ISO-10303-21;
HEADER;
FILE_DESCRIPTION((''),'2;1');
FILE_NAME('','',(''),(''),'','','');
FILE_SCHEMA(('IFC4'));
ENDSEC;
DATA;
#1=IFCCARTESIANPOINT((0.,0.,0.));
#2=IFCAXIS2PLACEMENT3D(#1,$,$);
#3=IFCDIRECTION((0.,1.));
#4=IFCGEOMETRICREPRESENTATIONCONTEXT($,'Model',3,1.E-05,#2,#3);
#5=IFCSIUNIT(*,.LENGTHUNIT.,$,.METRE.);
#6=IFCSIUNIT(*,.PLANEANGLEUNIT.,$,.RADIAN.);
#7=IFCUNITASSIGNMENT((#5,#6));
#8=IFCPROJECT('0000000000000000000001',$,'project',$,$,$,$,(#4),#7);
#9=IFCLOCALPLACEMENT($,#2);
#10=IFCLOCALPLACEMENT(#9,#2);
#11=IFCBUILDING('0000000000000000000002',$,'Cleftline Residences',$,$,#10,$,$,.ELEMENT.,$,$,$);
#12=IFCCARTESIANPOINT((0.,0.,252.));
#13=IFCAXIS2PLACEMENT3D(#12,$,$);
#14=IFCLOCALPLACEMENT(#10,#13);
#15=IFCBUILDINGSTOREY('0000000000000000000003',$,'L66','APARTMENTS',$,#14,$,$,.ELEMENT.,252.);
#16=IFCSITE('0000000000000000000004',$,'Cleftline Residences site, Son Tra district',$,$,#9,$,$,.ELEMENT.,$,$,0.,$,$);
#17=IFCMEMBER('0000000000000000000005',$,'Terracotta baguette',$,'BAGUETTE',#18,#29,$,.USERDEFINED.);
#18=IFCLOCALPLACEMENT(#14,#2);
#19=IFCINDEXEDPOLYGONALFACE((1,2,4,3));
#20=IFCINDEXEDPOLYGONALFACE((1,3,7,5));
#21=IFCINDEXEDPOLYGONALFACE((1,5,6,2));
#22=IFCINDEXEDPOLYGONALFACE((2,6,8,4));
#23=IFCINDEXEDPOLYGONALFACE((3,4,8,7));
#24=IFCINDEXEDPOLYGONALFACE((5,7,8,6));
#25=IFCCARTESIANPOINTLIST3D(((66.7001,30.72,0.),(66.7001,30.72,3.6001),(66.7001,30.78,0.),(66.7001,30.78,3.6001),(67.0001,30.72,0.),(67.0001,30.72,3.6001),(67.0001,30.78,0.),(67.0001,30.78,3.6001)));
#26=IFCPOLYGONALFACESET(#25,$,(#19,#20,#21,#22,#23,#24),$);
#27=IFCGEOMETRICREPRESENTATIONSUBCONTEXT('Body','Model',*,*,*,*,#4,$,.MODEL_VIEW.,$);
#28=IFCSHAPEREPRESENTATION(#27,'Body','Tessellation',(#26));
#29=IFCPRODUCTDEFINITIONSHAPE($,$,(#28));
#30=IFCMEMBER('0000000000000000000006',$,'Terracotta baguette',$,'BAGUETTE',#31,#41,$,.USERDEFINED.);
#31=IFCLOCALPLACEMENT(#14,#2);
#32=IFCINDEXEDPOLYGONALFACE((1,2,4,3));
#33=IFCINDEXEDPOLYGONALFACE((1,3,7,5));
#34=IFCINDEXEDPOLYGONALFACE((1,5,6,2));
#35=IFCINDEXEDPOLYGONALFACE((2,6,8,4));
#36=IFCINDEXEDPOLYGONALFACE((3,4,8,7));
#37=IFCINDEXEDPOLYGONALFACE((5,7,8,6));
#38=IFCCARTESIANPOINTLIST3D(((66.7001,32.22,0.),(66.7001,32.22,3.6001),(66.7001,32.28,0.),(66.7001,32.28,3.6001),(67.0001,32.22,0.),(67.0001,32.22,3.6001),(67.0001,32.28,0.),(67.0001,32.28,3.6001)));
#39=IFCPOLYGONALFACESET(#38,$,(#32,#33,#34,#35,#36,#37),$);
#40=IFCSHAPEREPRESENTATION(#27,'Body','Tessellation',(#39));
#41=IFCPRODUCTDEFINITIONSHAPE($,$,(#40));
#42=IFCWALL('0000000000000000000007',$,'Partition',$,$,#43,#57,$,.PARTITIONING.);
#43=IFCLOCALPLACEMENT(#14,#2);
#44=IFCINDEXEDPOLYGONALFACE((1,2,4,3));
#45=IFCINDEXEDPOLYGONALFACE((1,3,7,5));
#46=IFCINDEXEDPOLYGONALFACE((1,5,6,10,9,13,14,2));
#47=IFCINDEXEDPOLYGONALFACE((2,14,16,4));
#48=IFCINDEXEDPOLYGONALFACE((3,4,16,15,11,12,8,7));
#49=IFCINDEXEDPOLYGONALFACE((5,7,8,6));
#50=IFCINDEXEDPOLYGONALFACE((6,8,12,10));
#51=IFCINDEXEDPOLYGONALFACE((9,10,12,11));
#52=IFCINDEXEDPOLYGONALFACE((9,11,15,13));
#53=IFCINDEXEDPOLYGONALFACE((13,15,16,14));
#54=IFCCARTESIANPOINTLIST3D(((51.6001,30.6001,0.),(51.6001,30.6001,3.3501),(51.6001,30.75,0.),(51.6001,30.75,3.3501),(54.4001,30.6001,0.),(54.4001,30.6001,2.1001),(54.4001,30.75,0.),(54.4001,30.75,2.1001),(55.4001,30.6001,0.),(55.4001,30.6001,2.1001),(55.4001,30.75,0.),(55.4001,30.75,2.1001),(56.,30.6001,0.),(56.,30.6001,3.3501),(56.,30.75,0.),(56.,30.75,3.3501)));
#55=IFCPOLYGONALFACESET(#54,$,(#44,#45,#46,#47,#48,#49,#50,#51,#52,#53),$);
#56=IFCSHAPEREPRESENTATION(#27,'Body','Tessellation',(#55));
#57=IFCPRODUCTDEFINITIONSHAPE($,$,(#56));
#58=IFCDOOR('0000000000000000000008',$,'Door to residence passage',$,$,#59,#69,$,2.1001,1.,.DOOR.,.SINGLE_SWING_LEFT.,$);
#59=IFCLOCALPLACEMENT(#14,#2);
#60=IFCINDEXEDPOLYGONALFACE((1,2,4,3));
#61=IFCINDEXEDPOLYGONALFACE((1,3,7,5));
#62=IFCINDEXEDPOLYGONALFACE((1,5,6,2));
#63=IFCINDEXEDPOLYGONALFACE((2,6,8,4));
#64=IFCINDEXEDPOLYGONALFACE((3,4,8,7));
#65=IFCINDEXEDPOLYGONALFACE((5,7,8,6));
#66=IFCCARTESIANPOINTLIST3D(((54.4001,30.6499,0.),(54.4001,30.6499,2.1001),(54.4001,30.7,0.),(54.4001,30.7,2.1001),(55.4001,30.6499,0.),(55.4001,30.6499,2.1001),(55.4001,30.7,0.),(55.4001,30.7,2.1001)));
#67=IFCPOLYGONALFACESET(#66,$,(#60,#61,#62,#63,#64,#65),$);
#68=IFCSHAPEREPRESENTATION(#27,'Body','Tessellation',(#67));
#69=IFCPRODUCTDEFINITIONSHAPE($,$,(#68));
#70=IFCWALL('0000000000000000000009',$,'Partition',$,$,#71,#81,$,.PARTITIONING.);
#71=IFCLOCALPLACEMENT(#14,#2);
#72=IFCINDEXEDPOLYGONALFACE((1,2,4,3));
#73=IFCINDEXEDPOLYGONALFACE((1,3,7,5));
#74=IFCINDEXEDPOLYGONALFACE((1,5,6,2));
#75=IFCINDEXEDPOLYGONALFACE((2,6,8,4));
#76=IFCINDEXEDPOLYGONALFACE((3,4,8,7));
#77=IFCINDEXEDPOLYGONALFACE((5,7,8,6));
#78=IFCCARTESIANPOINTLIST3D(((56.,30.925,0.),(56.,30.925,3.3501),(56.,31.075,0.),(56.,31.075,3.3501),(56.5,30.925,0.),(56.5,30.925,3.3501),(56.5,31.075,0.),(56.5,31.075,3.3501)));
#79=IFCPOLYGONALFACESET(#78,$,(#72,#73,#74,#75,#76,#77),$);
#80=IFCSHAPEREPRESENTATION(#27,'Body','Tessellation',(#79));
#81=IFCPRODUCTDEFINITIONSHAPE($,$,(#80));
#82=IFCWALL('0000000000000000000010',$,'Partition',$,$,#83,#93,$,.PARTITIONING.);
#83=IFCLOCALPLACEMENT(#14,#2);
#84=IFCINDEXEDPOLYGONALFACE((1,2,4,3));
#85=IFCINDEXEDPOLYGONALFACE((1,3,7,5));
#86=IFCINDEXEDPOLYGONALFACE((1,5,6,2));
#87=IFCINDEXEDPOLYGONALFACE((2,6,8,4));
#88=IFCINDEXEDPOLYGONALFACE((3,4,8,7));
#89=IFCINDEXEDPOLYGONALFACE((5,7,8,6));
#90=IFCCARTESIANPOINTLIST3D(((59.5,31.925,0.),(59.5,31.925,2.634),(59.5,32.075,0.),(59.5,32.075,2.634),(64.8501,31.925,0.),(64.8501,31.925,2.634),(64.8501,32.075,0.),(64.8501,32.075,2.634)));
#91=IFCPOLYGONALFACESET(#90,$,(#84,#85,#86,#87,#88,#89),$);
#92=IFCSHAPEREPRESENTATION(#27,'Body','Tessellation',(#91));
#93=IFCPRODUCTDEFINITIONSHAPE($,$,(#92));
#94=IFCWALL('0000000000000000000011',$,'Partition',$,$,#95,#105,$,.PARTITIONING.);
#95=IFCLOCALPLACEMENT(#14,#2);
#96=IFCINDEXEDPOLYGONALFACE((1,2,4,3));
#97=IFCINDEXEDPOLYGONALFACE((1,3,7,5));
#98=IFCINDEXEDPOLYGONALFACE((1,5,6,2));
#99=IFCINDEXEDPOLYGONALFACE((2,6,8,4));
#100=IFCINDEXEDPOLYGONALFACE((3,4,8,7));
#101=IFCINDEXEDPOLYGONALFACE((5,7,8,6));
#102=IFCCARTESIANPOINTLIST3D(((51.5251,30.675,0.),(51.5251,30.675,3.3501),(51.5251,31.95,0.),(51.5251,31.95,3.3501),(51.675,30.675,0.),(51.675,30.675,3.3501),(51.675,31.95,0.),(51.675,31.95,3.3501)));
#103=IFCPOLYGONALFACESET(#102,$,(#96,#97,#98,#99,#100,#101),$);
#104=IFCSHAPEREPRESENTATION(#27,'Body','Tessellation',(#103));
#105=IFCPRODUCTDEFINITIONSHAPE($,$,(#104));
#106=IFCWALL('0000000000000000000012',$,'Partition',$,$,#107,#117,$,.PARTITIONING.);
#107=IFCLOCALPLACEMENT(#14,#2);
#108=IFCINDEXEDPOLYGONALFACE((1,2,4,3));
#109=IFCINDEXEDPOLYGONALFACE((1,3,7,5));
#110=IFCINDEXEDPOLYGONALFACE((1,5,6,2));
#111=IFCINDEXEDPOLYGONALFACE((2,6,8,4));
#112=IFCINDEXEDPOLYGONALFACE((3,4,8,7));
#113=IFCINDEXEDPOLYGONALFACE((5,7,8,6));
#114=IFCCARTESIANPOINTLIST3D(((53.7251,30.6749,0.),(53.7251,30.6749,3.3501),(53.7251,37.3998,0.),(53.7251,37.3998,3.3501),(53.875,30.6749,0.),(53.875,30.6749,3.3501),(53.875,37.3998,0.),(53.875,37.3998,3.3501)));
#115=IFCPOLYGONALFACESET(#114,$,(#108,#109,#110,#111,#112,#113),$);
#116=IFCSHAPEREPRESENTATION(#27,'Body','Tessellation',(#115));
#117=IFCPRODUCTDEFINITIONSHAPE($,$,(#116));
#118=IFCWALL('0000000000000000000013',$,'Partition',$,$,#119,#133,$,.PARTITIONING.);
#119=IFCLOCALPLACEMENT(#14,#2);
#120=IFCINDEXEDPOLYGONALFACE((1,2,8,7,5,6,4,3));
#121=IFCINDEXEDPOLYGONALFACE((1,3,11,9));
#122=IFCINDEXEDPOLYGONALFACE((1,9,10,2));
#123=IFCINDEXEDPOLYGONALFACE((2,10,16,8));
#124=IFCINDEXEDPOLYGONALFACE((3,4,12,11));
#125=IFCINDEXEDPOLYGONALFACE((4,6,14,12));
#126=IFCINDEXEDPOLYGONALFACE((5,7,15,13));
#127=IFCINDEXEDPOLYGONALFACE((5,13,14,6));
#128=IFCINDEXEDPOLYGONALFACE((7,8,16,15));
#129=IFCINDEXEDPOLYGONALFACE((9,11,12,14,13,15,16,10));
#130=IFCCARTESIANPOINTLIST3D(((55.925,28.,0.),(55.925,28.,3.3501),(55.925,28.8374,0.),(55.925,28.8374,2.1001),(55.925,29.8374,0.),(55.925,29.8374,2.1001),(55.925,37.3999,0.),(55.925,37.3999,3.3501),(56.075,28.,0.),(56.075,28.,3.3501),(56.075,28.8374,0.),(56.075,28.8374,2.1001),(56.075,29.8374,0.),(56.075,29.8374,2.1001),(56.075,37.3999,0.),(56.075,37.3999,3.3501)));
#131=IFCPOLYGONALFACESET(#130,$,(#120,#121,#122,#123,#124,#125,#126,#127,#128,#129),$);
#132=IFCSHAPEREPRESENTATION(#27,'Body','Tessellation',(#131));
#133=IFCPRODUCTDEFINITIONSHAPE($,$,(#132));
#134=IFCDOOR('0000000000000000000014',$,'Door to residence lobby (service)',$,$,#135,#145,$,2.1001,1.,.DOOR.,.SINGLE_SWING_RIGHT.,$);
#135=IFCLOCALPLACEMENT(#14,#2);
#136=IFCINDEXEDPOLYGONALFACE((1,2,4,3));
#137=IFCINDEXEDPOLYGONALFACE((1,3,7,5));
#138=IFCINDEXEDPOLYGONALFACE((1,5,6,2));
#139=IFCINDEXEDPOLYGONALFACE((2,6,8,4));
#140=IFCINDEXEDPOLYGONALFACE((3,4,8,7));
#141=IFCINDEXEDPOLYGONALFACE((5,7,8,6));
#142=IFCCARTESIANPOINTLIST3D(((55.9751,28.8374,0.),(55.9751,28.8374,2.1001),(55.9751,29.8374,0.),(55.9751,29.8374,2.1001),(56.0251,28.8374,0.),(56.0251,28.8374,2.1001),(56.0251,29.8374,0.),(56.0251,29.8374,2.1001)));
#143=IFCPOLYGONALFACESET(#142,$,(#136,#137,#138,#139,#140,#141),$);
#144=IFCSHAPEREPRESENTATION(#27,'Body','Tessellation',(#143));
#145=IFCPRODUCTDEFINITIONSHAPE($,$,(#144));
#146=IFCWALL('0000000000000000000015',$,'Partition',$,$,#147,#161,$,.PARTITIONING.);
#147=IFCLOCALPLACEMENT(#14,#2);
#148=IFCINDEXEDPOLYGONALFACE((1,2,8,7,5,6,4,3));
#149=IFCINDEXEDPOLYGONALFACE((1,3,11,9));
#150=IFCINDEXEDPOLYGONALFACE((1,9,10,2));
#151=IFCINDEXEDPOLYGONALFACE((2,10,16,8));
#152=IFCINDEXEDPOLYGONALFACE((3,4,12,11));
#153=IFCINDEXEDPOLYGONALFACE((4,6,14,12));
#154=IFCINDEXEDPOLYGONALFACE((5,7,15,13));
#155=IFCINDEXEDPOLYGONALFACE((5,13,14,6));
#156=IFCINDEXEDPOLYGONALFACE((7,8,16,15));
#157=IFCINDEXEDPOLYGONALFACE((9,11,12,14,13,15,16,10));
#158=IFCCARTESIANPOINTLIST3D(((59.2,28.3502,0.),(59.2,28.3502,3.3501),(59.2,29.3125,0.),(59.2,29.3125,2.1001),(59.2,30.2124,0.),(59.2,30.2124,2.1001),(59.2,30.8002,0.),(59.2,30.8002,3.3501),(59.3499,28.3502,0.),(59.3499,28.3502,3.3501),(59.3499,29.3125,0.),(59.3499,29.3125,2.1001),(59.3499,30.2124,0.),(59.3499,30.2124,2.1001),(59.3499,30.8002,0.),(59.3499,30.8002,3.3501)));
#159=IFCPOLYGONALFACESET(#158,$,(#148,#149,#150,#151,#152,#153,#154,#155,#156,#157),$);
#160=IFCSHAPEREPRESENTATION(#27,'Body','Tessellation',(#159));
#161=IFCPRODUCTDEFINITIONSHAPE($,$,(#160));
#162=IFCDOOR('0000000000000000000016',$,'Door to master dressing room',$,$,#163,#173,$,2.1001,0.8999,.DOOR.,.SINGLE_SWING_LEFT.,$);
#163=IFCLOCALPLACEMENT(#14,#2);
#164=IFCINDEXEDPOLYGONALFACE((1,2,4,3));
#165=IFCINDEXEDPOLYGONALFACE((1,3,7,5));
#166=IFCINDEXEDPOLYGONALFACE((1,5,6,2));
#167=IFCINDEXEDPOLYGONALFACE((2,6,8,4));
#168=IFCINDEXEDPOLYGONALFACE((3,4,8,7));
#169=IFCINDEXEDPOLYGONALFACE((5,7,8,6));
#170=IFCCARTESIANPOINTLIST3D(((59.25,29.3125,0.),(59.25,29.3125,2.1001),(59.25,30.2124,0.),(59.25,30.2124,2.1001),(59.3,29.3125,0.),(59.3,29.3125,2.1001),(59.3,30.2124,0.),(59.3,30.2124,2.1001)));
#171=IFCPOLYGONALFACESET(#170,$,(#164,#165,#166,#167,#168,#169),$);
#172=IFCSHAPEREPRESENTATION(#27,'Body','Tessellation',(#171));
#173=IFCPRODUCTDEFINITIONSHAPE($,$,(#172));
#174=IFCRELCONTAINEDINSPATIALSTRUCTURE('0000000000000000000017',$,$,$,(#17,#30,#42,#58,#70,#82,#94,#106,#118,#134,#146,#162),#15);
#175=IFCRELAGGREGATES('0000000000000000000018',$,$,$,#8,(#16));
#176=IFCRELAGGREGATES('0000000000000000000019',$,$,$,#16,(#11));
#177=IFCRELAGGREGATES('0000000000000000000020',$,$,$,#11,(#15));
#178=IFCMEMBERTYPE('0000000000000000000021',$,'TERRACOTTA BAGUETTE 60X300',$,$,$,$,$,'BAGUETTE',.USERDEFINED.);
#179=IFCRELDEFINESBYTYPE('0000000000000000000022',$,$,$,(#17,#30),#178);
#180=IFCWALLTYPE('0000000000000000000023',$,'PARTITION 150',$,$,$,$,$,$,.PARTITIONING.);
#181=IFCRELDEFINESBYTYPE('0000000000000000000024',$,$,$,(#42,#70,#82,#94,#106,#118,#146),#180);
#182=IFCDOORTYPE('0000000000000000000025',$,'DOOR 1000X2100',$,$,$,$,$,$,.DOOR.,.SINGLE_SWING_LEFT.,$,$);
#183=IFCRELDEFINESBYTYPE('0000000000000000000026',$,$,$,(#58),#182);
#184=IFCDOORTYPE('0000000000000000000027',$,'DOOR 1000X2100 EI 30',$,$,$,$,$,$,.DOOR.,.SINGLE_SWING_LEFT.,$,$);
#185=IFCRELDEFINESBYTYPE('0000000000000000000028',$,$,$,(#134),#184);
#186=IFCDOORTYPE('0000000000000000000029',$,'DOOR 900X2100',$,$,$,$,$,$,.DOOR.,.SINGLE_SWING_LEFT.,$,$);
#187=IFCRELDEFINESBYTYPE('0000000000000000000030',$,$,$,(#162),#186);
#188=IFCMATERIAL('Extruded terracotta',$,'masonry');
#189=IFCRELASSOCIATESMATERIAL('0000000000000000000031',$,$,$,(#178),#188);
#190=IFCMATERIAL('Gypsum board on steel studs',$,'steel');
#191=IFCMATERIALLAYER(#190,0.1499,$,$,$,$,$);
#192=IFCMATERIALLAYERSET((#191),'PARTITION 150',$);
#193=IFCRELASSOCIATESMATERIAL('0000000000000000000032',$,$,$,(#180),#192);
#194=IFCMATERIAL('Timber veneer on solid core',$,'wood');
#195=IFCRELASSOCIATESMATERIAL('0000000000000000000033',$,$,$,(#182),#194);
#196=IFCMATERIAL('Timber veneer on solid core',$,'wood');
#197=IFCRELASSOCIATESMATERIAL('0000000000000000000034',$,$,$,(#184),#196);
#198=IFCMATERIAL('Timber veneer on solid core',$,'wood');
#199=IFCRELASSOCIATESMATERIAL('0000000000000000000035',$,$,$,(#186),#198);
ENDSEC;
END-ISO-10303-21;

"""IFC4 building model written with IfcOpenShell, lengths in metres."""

from ifc_helpers import new_model, si_unit, direction, frame, frame_2d, origin, origin_2d, place, context, subcontext, project, spatial, rectangle, extrude, material, layer, layer_set, material_profile, profile_set, type_object, element, fill, save


model = new_model("IFC4")

# Units and contexts
model_context = context("Model", 3, precision=1e-05, world=origin(), true_north=direction((0.0, 1.0)))
body_context = subcontext(model_context, "Body", "Model", "MODEL_VIEW")
ifc_project = project(units=[si_unit("LENGTHUNIT", "METRE"), si_unit("PLANEANGLEUNIT", "RADIAN")], contexts=[model_context])

# Site, building, storey
site_placement = place(None, origin())
site = spatial("IfcSite", under=ifc_project, at=site_placement, Name="Cleftline Residences site, Son Tra district", CompositionType="ELEMENT", RefElevation=0.0)
building_placement = place(site_placement, origin())
building = spatial("IfcBuilding", under=site, at=building_placement, Name="Cleftline Residences", CompositionType="ELEMENT")
storey_placement = place(building_placement, frame((0.0, 0.0, 252.0)))
storey = spatial("IfcBuildingStorey", under=building, at=storey_placement, Name="L66", Description="APARTMENTS", CompositionType="ELEMENT", Elevation=252.0)

# Members
ifc_material_1 = material(Name="Extruded terracotta", Category="masonry")
ifc_material_profile_1 = material_profile(ifc_material_1, rectangle(XDim=0.0601, YDim=0.3, at=origin_2d()))
ifc_profile_set_1 = profile_set([ifc_material_profile_1], Name="Extruded terracotta")
member_type_1 = type_object("IfcMemberType", Name="TERRACOTTA BAGUETTE 60X300", ElementType="BAGUETTE", PredefinedType="USERDEFINED", material=ifc_profile_set_1)
for number, where, z_axis, x_axis, name in (
    (1, (66.8501, 30.75, 0.0), (0.0, 0.0, 1.0), (0.0, 1.0, 0.0), "Terracotta baguette"),
    (2, (66.8501, 32.25, 0.0), (0.0, 0.0, 1.0), (0.0, 1.0, 0.0), "Terracotta baguette"),
):
    element("IfcMember", number, at=place(storey_placement, frame(where, z_axis=z_axis, x_axis=x_axis)), inside=storey, type_object=member_type_1, Name=name, ObjectType="BAGUETTE", PredefinedType="USERDEFINED", context=body_context, shape_type="SweptSolid", body=[
        extrude(rectangle(XDim=0.0601, YDim=0.3, at=origin_2d()), origin(), (0.0, 0.0, 1.0), 3.6001),
    ])

# Wall, opening, door
ifc_material_2 = material(Name="Gypsum board on steel studs", Category="steel")
ifc_layer_1 = layer(ifc_material_2, 0.1499)
ifc_layer_set_1 = layer_set([ifc_layer_1], Name="PARTITION 150")
wall_type_1 = type_object("IfcWallType", Name="PARTITION 150", PredefinedType="PARTITIONING", material=ifc_layer_set_1)
wall_1_placement = place(storey_placement, frame((51.6001, 30.675, 0.0), z_axis=(0.0, 0.0, 1.0), x_axis=(1.0, 0.0, 0.0)))
wall_1 = element("IfcWall", 3, at=wall_1_placement, inside=storey, type_object=wall_type_1, Name="Partition", PredefinedType="PARTITIONING", context=body_context, shape_type="SweptSolid", body=[
    extrude(rectangle(XDim=4.3999, YDim=0.1499, at=frame_2d((2.2, 0.0))), origin(), (0.0, 0.0, 1.0), 3.3501),
])
opening_1_placement = place(wall_1_placement, frame((2.8, 0.0, 0.0)))
opening_1 = element("IfcOpeningElement", 4, at=opening_1_placement, cuts=wall_1, PredefinedType="OPENING", context=body_context, shape_type="SweptSolid", body=[
    extrude(rectangle(XDim=1.0, YDim=2.1001, at=frame_2d((0.5, 1.05))), frame((0.0, 0.085, 0.0), z_axis=(0.0, -1.0, 0.0), x_axis=(1.0, 0.0, 0.0)), (0.0, 0.0, 1.0), 0.1699),
])
ifc_material_3 = material(Name="Timber veneer on solid core", Category="wood")
door_type_1 = type_object("IfcDoorType", Name="DOOR 1000X2100", OperationType="SINGLE_SWING_LEFT", PredefinedType="DOOR", material=ifc_material_3)
door_1_placement = place(opening_1_placement, origin())
door_1 = element("IfcDoor", 5, at=door_1_placement, inside=storey, type_object=door_type_1, Name="Door to residence passage", OperationType="SINGLE_SWING_LEFT", OverallHeight=2.1001, OverallWidth=1.0, PredefinedType="DOOR", context=body_context, shape_type="SweptSolid", body=[
    extrude(rectangle(XDim=1.0, YDim=2.1001, at=frame_2d((0.5, 1.05))), frame((0.0, 0.0249, 0.0), z_axis=(0.0, -1.0, 0.0), x_axis=(1.0, 0.0, 0.0)), (0.0, 0.0, 1.0), 0.05),
])
fill(opening_1, door_1)

# Walls
wall_2_placement = place(storey_placement, frame((56.0, 31.0, 0.0), z_axis=(0.0, 0.0, 1.0), x_axis=(1.0, 0.0, 0.0)))
element("IfcWall", 6, at=wall_2_placement, inside=storey, type_object=wall_type_1, Name="Partition", PredefinedType="PARTITIONING", context=body_context, shape_type="SweptSolid", body=[
    extrude(rectangle(XDim=0.5, YDim=0.1499, at=frame_2d((0.25, 0.0))), origin(), (0.0, 0.0, 1.0), 3.3501),
])
wall_3_placement = place(storey_placement, frame((59.5, 32.0, 0.0), z_axis=(0.0, 0.0, 1.0), x_axis=(1.0, 0.0, 0.0)))
element("IfcWall", 7, at=wall_3_placement, inside=storey, type_object=wall_type_1, Name="Partition", PredefinedType="PARTITIONING", context=body_context, shape_type="SweptSolid", body=[
    extrude(rectangle(XDim=5.3501, YDim=0.1499, at=frame_2d((2.675, 0.0))), origin(), (0.0, 0.0, 1.0), 2.634),
])
wall_4_placement = place(storey_placement, frame((51.6001, 30.675, 0.0), z_axis=(0.0, 0.0, 1.0), x_axis=(0.0, 1.0, 0.0)))
element("IfcWall", 8, at=wall_4_placement, inside=storey, type_object=wall_type_1, Name="Partition", PredefinedType="PARTITIONING", context=body_context, shape_type="SweptSolid", body=[
    extrude(rectangle(XDim=1.2749, YDim=0.1499, at=frame_2d((0.6375, 0.0))), origin(), (0.0, 0.0, 1.0), 3.3501),
])
wall_5_placement = place(storey_placement, frame((53.8, 30.675, 0.0), z_axis=(0.0, 0.0, 1.0), x_axis=(0.0, 1.0, 0.0)))
element("IfcWall", 9, at=wall_5_placement, inside=storey, type_object=wall_type_1, Name="Partition", PredefinedType="PARTITIONING", context=body_context, shape_type="SweptSolid", body=[
    extrude(rectangle(XDim=6.7249, YDim=0.1499, at=frame_2d((3.3623, 0.0))), origin(), (0.0, 0.0, 1.0), 3.3501),
])

# Walls, openings, doors
wall_6_placement = place(storey_placement, frame((56.0, 28.0, 0.0), z_axis=(0.0, 0.0, 1.0), x_axis=(0.0, 1.0, 0.0)))
wall_6 = element("IfcWall", 10, at=wall_6_placement, inside=storey, type_object=wall_type_1, Name="Partition", PredefinedType="PARTITIONING", context=body_context, shape_type="SweptSolid", body=[
    extrude(rectangle(XDim=9.3999, YDim=0.1499, at=frame_2d((4.7, 0.0))), origin(), (0.0, 0.0, 1.0), 3.3501),
])
opening_2_placement = place(wall_6_placement, frame((0.8374, 0.0, 0.0)))
opening_2 = element("IfcOpeningElement", 11, at=opening_2_placement, cuts=wall_6, PredefinedType="OPENING", context=body_context, shape_type="SweptSolid", body=[
    extrude(rectangle(XDim=1.0, YDim=2.1001, at=frame_2d((0.5, 1.05))), frame((0.0, 0.085, 0.0), z_axis=(0.0, -1.0, 0.0), x_axis=(1.0, 0.0, 0.0)), (0.0, 0.0, 1.0), 0.1699),
])
ifc_material_4 = material(Name="Timber veneer on solid core", Category="wood")
door_type_2 = type_object("IfcDoorType", Name="DOOR 1000X2100 EI 30", OperationType="SINGLE_SWING_LEFT", PredefinedType="DOOR", material=ifc_material_4)
door_2_placement = place(opening_2_placement, origin())
door_2 = element("IfcDoor", 12, at=door_2_placement, inside=storey, type_object=door_type_2, Name="Door to residence lobby (service)", OperationType="SINGLE_SWING_RIGHT", OverallHeight=2.1001, OverallWidth=1.0, PredefinedType="DOOR", context=body_context, shape_type="SweptSolid", body=[
    extrude(rectangle(XDim=1.0, YDim=2.1001, at=frame_2d((0.5, 1.05))), frame((0.0, 0.0249, 0.0), z_axis=(0.0, -1.0, 0.0), x_axis=(1.0, 0.0, 0.0)), (0.0, 0.0, 1.0), 0.05),
])
fill(opening_2, door_2)
wall_7_placement = place(storey_placement, frame((59.2749, 28.3501, 0.0), z_axis=(0.0, 0.0, 1.0), x_axis=(0.0, 1.0, 0.0)))
wall_7 = element("IfcWall", 13, at=wall_7_placement, inside=storey, type_object=wall_type_1, Name="Partition", PredefinedType="PARTITIONING", context=body_context, shape_type="SweptSolid", body=[
    extrude(rectangle(XDim=2.45, YDim=0.1499, at=frame_2d((1.2251, 0.0))), origin(), (0.0, 0.0, 1.0), 3.3501),
])
opening_3_placement = place(wall_7_placement, frame((0.9624, 0.0, 0.0)))
opening_3 = element("IfcOpeningElement", 14, at=opening_3_placement, cuts=wall_7, PredefinedType="OPENING", context=body_context, shape_type="SweptSolid", body=[
    extrude(rectangle(XDim=0.8999, YDim=2.1001, at=frame_2d((0.45, 1.05))), frame((0.0, 0.085, 0.0), z_axis=(0.0, -1.0, 0.0), x_axis=(1.0, 0.0, 0.0)), (0.0, 0.0, 1.0), 0.1699),
])
ifc_material_5 = material(Name="Timber veneer on solid core", Category="wood")
door_type_3 = type_object("IfcDoorType", Name="DOOR 900X2100", OperationType="SINGLE_SWING_LEFT", PredefinedType="DOOR", material=ifc_material_5)
door_3_placement = place(opening_3_placement, origin())
door_3 = element("IfcDoor", 15, at=door_3_placement, inside=storey, type_object=door_type_3, Name="Door to master dressing room", OperationType="SINGLE_SWING_LEFT", OverallHeight=2.1001, OverallWidth=0.8999, PredefinedType="DOOR", context=body_context, shape_type="SweptSolid", body=[
    extrude(rectangle(XDim=0.8999, YDim=2.1001, at=frame_2d((0.45, 1.05))), frame((0.0, 0.0249, 0.0), z_axis=(0.0, -1.0, 0.0), x_axis=(1.0, 0.0, 0.0)), (0.0, 0.0, 1.0), 0.05),
])
fill(opening_3, door_3)

save(model, "model.ifc")
